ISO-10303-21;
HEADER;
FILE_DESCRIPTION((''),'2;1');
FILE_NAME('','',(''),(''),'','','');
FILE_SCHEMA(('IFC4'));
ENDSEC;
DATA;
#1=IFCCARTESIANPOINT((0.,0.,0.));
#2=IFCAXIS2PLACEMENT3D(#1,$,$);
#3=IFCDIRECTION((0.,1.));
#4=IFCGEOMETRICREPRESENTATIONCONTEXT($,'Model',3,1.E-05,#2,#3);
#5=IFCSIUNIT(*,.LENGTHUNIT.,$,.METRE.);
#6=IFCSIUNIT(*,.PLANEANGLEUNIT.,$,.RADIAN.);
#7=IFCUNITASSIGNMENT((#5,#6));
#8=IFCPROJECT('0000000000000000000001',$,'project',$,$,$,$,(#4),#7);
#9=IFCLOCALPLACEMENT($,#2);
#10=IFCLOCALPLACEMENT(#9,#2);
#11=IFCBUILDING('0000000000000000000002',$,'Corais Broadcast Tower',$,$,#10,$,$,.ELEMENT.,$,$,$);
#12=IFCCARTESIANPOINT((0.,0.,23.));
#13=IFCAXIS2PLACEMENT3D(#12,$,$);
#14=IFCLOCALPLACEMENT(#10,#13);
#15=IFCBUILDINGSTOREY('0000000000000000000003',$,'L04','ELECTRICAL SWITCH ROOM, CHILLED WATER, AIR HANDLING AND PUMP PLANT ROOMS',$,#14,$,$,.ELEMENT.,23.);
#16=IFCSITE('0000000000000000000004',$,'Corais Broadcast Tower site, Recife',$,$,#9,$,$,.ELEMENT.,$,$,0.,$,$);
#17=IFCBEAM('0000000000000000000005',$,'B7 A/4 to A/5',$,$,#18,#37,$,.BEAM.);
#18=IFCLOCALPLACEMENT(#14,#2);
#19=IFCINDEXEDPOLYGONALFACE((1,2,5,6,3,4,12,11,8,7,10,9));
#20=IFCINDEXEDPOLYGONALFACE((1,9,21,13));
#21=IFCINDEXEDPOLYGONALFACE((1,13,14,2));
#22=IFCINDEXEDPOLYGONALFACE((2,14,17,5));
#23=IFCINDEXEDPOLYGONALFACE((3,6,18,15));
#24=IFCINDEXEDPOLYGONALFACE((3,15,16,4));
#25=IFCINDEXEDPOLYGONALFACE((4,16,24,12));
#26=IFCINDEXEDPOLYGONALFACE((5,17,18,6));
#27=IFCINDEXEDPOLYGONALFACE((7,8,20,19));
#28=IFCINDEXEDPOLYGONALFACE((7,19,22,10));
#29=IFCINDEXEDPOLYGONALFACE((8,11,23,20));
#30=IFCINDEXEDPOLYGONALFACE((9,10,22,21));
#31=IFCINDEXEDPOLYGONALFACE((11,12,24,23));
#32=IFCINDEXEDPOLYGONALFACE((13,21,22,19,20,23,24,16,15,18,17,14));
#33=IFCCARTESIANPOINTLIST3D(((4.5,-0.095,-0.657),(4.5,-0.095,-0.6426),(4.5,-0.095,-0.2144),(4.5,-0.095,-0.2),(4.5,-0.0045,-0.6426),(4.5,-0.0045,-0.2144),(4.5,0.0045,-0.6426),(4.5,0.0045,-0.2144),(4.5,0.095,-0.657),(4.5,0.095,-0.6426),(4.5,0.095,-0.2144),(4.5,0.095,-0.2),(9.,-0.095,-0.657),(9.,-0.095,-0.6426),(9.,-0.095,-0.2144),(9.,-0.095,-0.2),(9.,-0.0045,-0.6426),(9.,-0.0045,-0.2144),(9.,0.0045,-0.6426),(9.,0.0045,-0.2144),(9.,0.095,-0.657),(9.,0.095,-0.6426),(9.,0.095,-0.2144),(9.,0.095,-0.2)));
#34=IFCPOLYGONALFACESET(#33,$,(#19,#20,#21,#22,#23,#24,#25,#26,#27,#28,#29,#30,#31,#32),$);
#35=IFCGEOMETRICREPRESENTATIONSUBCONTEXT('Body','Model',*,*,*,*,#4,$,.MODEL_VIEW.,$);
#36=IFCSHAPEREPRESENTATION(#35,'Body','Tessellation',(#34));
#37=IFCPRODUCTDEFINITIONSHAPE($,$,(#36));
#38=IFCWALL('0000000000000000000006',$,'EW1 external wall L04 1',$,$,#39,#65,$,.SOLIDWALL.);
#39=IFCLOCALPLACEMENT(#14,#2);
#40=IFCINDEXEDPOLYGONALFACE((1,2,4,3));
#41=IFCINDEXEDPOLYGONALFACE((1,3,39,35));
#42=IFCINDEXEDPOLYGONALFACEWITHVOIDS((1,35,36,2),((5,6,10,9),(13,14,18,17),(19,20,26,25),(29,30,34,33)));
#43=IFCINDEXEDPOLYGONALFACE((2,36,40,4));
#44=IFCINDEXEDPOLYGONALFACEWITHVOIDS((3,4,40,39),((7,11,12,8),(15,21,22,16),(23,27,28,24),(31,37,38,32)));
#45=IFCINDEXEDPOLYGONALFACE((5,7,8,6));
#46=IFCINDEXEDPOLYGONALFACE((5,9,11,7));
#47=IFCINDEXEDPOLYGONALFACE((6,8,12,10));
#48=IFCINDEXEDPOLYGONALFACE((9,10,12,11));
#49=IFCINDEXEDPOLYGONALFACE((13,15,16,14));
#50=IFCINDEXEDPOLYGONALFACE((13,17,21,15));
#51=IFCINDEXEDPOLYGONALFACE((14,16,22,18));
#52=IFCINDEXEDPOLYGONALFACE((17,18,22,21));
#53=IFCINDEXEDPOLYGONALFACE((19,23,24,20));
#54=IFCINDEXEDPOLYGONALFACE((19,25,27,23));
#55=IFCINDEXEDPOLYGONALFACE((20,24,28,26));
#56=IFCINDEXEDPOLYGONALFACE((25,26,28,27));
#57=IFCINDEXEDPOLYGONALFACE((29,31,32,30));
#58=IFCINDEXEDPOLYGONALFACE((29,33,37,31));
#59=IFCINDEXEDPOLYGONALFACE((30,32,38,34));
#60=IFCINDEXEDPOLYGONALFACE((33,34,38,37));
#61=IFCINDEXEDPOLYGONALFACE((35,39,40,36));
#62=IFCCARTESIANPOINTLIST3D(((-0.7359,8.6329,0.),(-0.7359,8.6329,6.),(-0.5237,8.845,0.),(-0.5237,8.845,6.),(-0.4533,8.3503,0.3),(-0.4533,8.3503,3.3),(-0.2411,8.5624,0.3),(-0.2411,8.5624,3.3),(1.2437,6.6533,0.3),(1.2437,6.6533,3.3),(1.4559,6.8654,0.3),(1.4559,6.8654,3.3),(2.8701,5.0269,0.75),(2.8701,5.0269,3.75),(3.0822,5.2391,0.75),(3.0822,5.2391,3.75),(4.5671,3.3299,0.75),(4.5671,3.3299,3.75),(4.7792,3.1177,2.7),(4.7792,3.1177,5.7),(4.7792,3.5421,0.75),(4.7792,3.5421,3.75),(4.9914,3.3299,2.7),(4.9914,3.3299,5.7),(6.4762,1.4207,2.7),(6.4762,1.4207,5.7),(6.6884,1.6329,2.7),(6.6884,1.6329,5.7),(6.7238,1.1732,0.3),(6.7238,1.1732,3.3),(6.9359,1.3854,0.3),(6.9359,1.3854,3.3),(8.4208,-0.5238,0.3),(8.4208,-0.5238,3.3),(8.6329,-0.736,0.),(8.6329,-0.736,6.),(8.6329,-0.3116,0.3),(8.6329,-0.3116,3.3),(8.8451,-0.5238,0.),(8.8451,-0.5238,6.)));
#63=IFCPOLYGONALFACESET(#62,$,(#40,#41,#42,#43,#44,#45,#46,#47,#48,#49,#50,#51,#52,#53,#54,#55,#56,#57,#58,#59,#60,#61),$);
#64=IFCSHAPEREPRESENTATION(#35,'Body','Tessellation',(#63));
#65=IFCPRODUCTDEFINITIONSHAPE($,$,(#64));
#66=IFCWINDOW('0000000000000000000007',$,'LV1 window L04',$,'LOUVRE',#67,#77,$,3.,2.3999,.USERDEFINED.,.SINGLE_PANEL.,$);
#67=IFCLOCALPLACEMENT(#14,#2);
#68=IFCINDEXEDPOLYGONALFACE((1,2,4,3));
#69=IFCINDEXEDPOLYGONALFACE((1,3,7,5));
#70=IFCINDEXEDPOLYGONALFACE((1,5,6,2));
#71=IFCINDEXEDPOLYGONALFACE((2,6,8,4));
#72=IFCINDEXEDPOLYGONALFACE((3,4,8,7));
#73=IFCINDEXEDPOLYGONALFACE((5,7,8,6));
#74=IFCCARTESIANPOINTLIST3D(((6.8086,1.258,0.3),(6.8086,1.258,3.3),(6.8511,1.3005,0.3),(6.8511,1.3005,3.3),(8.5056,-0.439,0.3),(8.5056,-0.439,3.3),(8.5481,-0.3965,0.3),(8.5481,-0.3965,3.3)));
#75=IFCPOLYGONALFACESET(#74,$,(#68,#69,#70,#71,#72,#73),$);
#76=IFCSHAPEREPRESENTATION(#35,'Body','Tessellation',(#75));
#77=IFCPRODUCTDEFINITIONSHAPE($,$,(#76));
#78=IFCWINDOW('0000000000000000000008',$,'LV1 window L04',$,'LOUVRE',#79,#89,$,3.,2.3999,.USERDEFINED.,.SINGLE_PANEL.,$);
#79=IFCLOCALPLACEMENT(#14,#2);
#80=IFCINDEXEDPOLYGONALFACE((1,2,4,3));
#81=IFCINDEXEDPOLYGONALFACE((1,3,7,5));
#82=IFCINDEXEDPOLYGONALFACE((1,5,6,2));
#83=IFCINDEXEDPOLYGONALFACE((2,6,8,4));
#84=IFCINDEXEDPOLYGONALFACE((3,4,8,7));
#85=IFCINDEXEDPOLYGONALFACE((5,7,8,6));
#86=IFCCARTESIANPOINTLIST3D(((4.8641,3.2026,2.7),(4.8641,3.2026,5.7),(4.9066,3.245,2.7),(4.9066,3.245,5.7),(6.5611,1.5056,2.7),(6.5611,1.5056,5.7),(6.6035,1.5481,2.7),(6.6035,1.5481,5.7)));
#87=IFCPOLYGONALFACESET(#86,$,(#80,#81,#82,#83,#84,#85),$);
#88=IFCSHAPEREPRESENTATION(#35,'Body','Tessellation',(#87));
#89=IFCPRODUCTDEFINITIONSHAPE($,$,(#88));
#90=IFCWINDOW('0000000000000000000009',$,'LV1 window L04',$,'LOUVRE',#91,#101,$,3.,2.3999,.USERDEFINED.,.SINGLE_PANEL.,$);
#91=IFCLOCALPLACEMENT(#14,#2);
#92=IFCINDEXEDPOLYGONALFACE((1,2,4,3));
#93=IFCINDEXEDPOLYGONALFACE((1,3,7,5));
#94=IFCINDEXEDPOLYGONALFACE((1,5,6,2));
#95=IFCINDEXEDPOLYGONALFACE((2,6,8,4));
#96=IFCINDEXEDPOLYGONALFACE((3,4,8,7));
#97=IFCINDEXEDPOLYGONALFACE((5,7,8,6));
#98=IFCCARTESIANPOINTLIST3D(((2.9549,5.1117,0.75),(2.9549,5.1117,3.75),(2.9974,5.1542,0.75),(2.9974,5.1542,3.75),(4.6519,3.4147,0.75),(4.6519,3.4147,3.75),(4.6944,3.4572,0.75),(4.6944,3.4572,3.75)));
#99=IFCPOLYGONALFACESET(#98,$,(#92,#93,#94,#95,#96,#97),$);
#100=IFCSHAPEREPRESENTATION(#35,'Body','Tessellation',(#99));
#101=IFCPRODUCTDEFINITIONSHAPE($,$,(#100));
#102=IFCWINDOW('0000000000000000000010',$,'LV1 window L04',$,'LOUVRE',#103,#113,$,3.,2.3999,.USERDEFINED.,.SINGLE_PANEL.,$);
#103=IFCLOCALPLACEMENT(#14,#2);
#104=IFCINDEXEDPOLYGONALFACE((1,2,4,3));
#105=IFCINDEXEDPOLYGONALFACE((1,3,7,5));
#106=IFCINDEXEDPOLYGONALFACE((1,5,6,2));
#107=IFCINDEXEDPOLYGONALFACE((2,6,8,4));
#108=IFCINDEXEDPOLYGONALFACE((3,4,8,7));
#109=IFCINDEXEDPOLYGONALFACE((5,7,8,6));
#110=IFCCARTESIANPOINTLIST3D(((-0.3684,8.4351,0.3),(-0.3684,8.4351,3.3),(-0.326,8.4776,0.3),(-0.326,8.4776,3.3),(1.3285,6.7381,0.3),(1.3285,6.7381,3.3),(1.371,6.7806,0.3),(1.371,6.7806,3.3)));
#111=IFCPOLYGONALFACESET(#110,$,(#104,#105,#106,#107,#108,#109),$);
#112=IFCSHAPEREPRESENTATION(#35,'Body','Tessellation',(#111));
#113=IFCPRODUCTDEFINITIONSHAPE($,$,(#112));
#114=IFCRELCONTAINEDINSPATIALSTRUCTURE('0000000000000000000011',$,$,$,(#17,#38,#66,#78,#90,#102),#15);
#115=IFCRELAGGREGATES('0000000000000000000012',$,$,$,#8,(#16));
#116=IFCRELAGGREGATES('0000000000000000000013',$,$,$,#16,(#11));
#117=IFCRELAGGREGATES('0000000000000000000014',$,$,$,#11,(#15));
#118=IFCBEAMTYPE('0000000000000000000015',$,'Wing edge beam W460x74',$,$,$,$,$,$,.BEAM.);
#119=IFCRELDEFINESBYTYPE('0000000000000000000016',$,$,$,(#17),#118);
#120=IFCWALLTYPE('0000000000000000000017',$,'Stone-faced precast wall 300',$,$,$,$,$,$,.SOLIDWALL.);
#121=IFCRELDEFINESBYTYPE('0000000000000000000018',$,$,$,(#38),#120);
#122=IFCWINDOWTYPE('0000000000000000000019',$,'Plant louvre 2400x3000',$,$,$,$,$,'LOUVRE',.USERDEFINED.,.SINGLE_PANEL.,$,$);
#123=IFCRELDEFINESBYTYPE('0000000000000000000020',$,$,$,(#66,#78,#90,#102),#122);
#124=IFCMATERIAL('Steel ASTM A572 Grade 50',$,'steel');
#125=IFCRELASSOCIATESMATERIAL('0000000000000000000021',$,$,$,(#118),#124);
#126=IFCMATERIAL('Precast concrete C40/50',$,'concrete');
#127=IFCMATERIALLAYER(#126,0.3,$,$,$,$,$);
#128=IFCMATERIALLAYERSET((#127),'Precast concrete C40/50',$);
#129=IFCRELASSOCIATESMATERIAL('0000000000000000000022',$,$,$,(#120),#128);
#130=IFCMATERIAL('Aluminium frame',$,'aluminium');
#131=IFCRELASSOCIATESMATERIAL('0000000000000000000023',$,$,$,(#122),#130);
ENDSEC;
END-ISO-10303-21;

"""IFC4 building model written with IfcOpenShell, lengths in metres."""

from ifc_helpers import new_model, si_unit, direction, frame, frame_2d, origin, origin_2d, place, context, subcontext, project, spatial, rectangle, i_section, extrude, material, layer, layer_set, material_profile, profile_set, type_object, element, fill, save


model = new_model("IFC4")

# Units and contexts
model_context = context("Model", 3, precision=1e-05, world=origin(), true_north=direction((0.0, 1.0)))
body_context = subcontext(model_context, "Body", "Model", "MODEL_VIEW")
ifc_project = project(units=[si_unit("LENGTHUNIT", "METRE"), si_unit("PLANEANGLEUNIT", "RADIAN")], contexts=[model_context])

# Site, building, storey
site_placement = place(None, origin())
site = spatial("IfcSite", under=ifc_project, at=site_placement, Name="Corais Broadcast Tower site, Recife", CompositionType="ELEMENT", RefElevation=0.0)
building_placement = place(site_placement, origin())
building = spatial("IfcBuilding", under=site, at=building_placement, Name="Corais Broadcast Tower", CompositionType="ELEMENT")
storey_placement = place(building_placement, frame((0.0, 0.0, 23.0)))
storey = spatial("IfcBuildingStorey", under=building, at=storey_placement, Name="L04", Description="ELECTRICAL SWITCH ROOM, CHILLED WATER, AIR HANDLING AND PUMP PLANT ROOMS", CompositionType="ELEMENT", Elevation=23.0)

# Beam
ifc_material_1 = material(Name="Steel ASTM A572 Grade 50", Category="steel")
ifc_material_profile_1 = material_profile(ifc_material_1, i_section(OverallWidth=0.1899, OverallDepth=0.457, WebThickness=0.009, FlangeThickness=0.0144, at=origin_2d()), Name="W460x74")
ifc_profile_set_1 = profile_set([ifc_material_profile_1], Name="Steel ASTM A572 Grade 50")
beam_type_1 = type_object("IfcBeamType", Name="Wing edge beam W460x74", PredefinedType="BEAM", material=ifc_profile_set_1)
beam_1_placement = place(storey_placement, frame((4.5, 0.0, -0.4285), z_axis=(1.0, 0.0, 0.0), x_axis=(0.0, 1.0, 0.0)))
element("IfcBeam", 1, at=beam_1_placement, inside=storey, type_object=beam_type_1, Name="B7 A/4 to A/5", PredefinedType="BEAM", context=body_context, shape_type="SweptSolid", body=[
    extrude(i_section(OverallWidth=0.1899, OverallDepth=0.457, WebThickness=0.009, FlangeThickness=0.0144, at=origin_2d()), origin(), (0.0, 0.0, 1.0), 4.5),
])

# Wall, openings, windows
ifc_material_2 = material(Name="Precast concrete C40/50", Category="concrete")
ifc_layer = layer(ifc_material_2, 0.3)
ifc_layer_set = layer_set([ifc_layer], Name="Precast concrete C40/50")
wall_type = type_object("IfcWallType", Name="Stone-faced precast wall 300", PredefinedType="SOLIDWALL", material=ifc_layer_set)
wall_placement = place(storey_placement, frame((8.739, -0.6299, 0.0), z_axis=(0.0, 0.0, 1.0), x_axis=(-0.707107, 0.707107, 0.0)))
wall = element("IfcWall", 2, at=wall_placement, inside=storey, type_object=wall_type, Name="EW1 external wall L04 1", PredefinedType="SOLIDWALL", context=body_context, shape_type="SweptSolid", body=[
    extrude(rectangle(XDim=13.2495, YDim=0.3, at=frame_2d((6.6248, 0.0))), origin(), (0.0, 0.0, 1.0), 6.0),
])
opening_1_placement = place(wall_placement, frame((0.3, 0.0, 0.3)))
opening_1 = element("IfcOpeningElement", 3, at=opening_1_placement, cuts=wall, PredefinedType="OPENING", context=body_context, shape_type="SweptSolid", body=[
    extrude(rectangle(XDim=2.3999, YDim=3.0, at=frame_2d((1.2, 1.5))), frame((0.0, 0.1599, 0.0), z_axis=(0.0, -1.0, 0.0), x_axis=(1.0, 0.0, 0.0)), (0.0, 0.0, 1.0), 0.3201),
])
opening_2_placement = place(wall_placement, frame((3.05, 0.0, 2.7)))
opening_2 = element("IfcOpeningElement", 4, at=opening_2_placement, cuts=wall, PredefinedType="OPENING", context=body_context, shape_type="SweptSolid", body=[
    extrude(rectangle(XDim=2.3999, YDim=3.0, at=frame_2d((1.2, 1.5))), frame((0.0, 0.1599, 0.0), z_axis=(0.0, -1.0, 0.0), x_axis=(1.0, 0.0, 0.0)), (0.0, 0.0, 1.0), 0.3201),
])
opening_3_placement = place(wall_placement, frame((5.75, 0.0, 0.75)))
opening_3 = element("IfcOpeningElement", 5, at=opening_3_placement, cuts=wall, PredefinedType="OPENING", context=body_context, shape_type="SweptSolid", body=[
    extrude(rectangle(XDim=2.3999, YDim=3.0, at=frame_2d((1.2, 1.5))), frame((0.0, 0.1599, 0.0), z_axis=(0.0, -1.0, 0.0), x_axis=(1.0, 0.0, 0.0)), (0.0, 0.0, 1.0), 0.3201),
])
opening_4_placement = place(wall_placement, frame((10.45, 0.0, 0.3)))
opening_4 = element("IfcOpeningElement", 6, at=opening_4_placement, cuts=wall, PredefinedType="OPENING", context=body_context, shape_type="SweptSolid", body=[
    extrude(rectangle(XDim=2.3999, YDim=3.0, at=frame_2d((1.2, 1.5))), frame((0.0, 0.1599, 0.0), z_axis=(0.0, -1.0, 0.0), x_axis=(1.0, 0.0, 0.0)), (0.0, 0.0, 1.0), 0.3201),
])
ifc_material_3 = material(Name="Aluminium frame", Category="aluminium")
window_type = type_object("IfcWindowType", Name="Plant louvre 2400x3000", ElementType="LOUVRE", PartitioningType="SINGLE_PANEL", PredefinedType="USERDEFINED", material=ifc_material_3)
window_1_placement = place(opening_1_placement, origin())
window_1 = element("IfcWindow", 7, at=window_1_placement, inside=storey, type_object=window_type, Name="LV1 window L04", ObjectType="LOUVRE", OverallHeight=3.0, OverallWidth=2.3999, PartitioningType="SINGLE_PANEL", PredefinedType="USERDEFINED", context=body_context, shape_type="SweptSolid", body=[
    extrude(rectangle(XDim=2.3999, YDim=3.0, at=frame_2d((1.2, 1.5))), frame((0.0, 0.03, 0.0), z_axis=(0.0, -1.0, 0.0), x_axis=(1.0, 0.0, 0.0)), (0.0, 0.0, 1.0), 0.0601),
])
fill(opening_1, window_1)
window_2_placement = place(opening_2_placement, origin())
window_2 = element("IfcWindow", 8, at=window_2_placement, inside=storey, type_object=window_type, Name="LV1 window L04", ObjectType="LOUVRE", OverallHeight=3.0, OverallWidth=2.3999, PartitioningType="SINGLE_PANEL", PredefinedType="USERDEFINED", context=body_context, shape_type="SweptSolid", body=[
    extrude(rectangle(XDim=2.3999, YDim=3.0, at=frame_2d((1.2, 1.5))), frame((0.0, 0.03, 0.0), z_axis=(0.0, -1.0, 0.0), x_axis=(1.0, 0.0, 0.0)), (0.0, 0.0, 1.0), 0.0601),
])
fill(opening_2, window_2)
window_3_placement = place(opening_3_placement, origin())
window_3 = element("IfcWindow", 9, at=window_3_placement, inside=storey, type_object=window_type, Name="LV1 window L04", ObjectType="LOUVRE", OverallHeight=3.0, OverallWidth=2.3999, PartitioningType="SINGLE_PANEL", PredefinedType="USERDEFINED", context=body_context, shape_type="SweptSolid", body=[
    extrude(rectangle(XDim=2.3999, YDim=3.0, at=frame_2d((1.2, 1.5))), frame((0.0, 0.03, 0.0), z_axis=(0.0, -1.0, 0.0), x_axis=(1.0, 0.0, 0.0)), (0.0, 0.0, 1.0), 0.0601),
])
fill(opening_3, window_3)
window_4_placement = place(opening_4_placement, origin())
window_4 = element("IfcWindow", 10, at=window_4_placement, inside=storey, type_object=window_type, Name="LV1 window L04", ObjectType="LOUVRE", OverallHeight=3.0, OverallWidth=2.3999, PartitioningType="SINGLE_PANEL", PredefinedType="USERDEFINED", context=body_context, shape_type="SweptSolid", body=[
    extrude(rectangle(XDim=2.3999, YDim=3.0, at=frame_2d((1.2, 1.5))), frame((0.0, 0.03, 0.0), z_axis=(0.0, -1.0, 0.0), x_axis=(1.0, 0.0, 0.0)), (0.0, 0.0, 1.0), 0.0601),
])
fill(opening_4, window_4)

save(model, "model.ifc")
